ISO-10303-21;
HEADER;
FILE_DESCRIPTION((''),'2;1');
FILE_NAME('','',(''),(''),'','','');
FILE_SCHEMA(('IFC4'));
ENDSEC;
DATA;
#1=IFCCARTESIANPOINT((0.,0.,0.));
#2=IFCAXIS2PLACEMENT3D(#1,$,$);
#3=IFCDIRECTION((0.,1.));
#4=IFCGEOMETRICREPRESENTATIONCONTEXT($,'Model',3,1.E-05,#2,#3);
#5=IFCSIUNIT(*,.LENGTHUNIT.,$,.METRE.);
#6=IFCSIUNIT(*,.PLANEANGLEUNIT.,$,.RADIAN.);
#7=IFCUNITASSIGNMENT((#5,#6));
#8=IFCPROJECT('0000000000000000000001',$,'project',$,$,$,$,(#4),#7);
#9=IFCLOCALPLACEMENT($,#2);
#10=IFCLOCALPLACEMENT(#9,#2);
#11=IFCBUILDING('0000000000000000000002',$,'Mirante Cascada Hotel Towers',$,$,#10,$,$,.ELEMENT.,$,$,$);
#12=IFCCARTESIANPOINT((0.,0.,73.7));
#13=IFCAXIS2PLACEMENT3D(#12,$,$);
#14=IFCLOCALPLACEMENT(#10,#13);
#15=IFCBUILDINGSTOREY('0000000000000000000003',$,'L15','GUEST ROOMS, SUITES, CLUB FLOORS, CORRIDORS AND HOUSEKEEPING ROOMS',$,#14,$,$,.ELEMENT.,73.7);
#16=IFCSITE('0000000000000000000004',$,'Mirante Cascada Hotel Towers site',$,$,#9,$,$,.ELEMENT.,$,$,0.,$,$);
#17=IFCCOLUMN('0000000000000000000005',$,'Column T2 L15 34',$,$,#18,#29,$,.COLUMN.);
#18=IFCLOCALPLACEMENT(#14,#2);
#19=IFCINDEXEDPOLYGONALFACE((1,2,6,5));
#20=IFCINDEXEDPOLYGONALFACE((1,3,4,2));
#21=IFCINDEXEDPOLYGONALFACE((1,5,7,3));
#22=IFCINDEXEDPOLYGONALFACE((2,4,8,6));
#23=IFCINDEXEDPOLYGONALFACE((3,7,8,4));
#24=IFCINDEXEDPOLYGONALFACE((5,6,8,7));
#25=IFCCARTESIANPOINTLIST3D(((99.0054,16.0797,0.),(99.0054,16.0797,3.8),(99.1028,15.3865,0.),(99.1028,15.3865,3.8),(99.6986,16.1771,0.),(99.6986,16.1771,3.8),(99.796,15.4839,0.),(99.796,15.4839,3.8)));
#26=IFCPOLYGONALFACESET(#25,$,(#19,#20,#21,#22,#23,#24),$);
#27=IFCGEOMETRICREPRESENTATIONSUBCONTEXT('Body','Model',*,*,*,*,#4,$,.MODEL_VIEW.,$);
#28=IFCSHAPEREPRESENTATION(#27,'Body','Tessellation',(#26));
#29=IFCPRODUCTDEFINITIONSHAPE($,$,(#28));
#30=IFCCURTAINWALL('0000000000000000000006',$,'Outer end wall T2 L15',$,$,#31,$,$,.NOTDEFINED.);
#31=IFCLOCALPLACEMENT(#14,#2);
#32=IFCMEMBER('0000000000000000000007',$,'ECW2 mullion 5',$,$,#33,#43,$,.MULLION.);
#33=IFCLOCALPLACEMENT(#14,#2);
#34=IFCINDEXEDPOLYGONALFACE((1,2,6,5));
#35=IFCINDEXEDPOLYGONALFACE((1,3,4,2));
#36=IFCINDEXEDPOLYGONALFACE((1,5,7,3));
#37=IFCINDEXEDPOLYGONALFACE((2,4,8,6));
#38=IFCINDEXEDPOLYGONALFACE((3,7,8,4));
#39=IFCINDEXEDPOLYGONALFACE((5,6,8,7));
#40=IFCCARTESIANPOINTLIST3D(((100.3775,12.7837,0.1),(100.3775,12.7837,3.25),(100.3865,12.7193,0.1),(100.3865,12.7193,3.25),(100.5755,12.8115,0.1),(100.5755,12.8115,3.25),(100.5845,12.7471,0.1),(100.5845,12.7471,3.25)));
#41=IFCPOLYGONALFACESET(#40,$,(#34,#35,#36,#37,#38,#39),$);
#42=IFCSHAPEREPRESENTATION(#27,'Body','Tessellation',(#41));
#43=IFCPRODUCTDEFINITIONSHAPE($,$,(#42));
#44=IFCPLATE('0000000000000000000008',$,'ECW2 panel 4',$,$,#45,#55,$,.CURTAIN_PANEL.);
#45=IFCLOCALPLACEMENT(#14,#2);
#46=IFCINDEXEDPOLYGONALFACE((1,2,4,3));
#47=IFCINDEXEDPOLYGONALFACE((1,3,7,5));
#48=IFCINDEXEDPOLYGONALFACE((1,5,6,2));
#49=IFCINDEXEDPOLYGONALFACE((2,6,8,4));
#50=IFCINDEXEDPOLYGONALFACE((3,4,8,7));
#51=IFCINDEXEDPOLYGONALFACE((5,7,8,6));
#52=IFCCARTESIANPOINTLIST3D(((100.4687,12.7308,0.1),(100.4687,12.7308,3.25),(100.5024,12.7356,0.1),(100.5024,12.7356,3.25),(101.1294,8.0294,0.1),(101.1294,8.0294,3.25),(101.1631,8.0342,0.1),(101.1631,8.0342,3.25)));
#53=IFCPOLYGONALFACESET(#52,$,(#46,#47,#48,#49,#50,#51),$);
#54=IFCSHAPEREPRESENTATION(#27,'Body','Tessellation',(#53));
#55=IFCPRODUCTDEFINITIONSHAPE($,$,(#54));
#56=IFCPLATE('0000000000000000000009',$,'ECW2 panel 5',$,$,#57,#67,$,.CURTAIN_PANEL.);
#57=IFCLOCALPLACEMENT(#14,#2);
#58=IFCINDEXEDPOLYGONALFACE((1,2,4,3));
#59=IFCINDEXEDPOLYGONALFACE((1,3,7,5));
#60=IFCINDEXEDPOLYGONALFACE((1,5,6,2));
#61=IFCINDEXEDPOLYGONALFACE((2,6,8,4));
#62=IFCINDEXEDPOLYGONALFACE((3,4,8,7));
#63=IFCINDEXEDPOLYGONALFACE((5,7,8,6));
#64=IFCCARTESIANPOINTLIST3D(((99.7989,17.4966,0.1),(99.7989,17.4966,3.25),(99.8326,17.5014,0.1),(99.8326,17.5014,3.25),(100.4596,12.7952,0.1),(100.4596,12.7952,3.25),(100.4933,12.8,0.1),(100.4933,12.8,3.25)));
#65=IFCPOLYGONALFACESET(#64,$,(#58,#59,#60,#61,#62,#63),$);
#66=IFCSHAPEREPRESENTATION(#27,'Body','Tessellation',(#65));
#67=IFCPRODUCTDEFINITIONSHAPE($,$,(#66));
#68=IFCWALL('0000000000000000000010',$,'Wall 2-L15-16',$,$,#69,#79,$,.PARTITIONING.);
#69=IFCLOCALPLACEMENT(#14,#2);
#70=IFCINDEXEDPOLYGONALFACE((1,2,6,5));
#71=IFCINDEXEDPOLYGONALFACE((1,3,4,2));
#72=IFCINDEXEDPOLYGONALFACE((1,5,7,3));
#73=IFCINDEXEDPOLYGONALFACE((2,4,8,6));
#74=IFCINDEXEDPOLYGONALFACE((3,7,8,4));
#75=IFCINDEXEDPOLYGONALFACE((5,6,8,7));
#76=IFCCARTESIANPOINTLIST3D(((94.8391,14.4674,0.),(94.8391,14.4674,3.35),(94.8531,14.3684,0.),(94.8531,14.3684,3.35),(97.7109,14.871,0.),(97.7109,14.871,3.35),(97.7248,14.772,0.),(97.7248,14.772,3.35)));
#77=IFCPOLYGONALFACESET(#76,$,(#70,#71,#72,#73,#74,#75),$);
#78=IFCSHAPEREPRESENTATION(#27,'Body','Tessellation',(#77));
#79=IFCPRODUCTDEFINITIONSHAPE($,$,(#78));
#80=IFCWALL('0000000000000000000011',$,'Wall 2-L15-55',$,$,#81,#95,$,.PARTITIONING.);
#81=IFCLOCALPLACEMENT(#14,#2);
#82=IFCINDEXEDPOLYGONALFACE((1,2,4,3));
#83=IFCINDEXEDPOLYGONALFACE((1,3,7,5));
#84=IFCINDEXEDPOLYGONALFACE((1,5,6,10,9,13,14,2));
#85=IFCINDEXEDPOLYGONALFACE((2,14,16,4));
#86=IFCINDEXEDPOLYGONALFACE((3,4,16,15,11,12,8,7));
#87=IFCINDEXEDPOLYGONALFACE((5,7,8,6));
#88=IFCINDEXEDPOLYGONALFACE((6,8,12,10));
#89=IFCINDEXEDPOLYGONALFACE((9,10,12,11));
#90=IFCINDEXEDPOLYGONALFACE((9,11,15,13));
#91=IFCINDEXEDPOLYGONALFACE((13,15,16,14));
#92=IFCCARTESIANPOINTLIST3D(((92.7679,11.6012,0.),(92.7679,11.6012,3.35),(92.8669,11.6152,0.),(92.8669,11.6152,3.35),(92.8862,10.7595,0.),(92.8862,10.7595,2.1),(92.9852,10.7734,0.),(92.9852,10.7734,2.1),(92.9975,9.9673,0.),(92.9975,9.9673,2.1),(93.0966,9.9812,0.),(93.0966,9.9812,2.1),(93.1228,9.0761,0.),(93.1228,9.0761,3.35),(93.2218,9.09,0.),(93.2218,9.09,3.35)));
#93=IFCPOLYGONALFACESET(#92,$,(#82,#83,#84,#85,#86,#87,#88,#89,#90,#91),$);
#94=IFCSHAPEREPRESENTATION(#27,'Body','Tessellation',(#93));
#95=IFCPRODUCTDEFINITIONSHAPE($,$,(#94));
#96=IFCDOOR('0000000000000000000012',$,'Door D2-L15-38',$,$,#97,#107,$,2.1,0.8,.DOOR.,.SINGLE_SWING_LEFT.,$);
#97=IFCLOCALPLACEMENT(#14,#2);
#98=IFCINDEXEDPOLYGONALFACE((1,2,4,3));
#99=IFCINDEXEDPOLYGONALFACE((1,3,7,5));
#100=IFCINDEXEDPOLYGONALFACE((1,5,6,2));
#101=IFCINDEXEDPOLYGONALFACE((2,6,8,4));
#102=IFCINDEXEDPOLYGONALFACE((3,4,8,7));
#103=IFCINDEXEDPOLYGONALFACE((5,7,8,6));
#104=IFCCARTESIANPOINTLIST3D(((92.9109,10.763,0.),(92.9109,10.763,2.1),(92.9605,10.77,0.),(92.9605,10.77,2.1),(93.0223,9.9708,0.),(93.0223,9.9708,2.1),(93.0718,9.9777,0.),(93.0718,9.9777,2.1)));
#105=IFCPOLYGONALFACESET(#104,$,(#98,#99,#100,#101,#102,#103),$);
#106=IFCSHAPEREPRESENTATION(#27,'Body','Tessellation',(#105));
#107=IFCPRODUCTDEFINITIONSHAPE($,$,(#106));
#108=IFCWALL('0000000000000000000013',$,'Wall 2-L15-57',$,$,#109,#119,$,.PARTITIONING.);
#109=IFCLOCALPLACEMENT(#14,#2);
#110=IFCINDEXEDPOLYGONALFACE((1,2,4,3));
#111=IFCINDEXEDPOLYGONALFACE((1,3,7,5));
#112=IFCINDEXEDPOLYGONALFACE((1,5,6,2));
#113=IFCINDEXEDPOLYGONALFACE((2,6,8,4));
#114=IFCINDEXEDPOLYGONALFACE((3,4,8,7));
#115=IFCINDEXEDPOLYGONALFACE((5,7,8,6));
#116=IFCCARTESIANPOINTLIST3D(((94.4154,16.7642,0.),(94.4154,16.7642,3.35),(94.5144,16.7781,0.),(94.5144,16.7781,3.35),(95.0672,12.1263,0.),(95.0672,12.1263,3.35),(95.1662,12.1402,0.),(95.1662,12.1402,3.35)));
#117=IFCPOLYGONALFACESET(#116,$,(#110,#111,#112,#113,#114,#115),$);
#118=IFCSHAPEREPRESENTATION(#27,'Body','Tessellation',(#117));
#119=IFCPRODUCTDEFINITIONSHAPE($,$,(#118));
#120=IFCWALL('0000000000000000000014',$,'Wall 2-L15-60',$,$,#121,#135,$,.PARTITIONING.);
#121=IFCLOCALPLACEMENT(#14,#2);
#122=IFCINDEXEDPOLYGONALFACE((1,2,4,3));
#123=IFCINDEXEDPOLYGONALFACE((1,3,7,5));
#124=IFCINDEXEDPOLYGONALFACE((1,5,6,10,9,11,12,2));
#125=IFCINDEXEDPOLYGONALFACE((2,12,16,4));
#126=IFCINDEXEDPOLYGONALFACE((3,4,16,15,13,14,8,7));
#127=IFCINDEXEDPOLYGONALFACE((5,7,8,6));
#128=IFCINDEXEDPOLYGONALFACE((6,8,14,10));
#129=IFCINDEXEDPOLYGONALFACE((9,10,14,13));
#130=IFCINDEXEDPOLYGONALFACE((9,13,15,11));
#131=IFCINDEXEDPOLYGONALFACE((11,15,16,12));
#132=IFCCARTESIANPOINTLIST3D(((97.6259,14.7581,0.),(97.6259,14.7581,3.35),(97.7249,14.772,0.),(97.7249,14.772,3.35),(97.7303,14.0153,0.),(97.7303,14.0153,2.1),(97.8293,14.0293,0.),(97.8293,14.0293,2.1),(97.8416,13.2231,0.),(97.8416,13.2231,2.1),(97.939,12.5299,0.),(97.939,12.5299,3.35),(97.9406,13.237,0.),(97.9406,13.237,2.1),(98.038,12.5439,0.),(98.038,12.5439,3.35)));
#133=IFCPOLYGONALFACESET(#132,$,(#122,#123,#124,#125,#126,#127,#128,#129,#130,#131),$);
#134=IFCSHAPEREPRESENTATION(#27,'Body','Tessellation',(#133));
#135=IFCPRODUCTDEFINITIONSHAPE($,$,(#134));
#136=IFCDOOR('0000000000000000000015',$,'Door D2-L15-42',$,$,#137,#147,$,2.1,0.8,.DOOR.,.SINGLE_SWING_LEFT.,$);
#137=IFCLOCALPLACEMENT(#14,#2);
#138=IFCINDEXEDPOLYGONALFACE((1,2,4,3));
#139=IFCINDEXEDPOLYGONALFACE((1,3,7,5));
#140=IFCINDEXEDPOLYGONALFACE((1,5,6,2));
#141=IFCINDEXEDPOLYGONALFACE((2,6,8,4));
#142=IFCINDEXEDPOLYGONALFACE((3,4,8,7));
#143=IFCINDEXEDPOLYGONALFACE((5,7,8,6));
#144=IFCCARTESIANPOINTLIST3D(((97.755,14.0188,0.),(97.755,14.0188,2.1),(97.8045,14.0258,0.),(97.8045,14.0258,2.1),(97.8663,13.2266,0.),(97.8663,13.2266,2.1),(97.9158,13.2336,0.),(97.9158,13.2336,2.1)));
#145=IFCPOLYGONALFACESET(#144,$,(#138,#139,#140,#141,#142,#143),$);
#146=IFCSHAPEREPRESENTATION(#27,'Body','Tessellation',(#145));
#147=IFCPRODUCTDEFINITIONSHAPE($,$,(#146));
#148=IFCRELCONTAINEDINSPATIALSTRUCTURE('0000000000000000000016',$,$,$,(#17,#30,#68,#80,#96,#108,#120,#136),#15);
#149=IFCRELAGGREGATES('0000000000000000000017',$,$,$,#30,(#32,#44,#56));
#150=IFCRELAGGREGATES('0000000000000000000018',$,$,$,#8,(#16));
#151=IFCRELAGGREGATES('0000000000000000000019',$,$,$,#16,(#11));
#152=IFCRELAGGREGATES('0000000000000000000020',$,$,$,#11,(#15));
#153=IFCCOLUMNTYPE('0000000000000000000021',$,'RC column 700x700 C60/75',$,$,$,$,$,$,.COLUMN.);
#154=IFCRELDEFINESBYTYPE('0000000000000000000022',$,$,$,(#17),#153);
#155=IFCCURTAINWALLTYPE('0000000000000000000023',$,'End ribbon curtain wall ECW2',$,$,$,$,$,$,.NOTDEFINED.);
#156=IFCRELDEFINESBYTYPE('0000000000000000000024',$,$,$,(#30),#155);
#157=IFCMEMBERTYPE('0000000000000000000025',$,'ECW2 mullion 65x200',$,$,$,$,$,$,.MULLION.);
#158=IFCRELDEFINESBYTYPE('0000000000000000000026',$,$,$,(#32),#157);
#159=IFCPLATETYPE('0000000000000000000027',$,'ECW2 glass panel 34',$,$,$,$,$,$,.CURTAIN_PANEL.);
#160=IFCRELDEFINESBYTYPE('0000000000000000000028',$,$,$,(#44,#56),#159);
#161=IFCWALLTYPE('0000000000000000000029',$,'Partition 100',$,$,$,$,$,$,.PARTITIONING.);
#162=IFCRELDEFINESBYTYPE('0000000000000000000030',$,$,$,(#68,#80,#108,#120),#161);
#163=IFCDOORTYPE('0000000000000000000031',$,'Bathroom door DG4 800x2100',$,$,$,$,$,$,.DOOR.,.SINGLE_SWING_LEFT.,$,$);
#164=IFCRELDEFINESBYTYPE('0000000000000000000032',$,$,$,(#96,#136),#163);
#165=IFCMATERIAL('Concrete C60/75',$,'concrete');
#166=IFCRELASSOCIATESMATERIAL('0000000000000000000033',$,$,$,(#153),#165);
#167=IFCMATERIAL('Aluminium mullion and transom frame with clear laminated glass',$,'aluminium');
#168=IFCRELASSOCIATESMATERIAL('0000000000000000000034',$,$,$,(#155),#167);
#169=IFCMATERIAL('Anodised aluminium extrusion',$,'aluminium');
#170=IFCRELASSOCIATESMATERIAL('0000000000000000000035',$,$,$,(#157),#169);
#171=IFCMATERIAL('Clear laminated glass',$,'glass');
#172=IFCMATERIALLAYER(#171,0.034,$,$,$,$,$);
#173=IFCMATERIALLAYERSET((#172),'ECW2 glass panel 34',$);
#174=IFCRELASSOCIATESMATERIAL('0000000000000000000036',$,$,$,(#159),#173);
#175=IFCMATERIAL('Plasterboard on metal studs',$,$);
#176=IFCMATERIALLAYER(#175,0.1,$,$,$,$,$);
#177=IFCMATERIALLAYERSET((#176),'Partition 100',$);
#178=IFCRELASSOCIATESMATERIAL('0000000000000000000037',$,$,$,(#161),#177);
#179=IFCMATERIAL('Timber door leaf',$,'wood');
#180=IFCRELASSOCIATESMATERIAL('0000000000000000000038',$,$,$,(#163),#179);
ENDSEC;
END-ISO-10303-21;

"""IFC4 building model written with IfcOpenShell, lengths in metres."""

from ifc_helpers import new_model, si_unit, direction, frame, frame_2d, origin, origin_2d, place, context, subcontext, project, spatial, rectangle, extrude, material, layer, layer_set, material_profile, profile_set, type_object, element, fill, aggregate, save


model = new_model("IFC4")

# Units and contexts
model_context = context("Model", 3, precision=1e-05, world=origin(), true_north=direction((0.0, 1.0)))
body_context = subcontext(model_context, "Body", "Model", "MODEL_VIEW")
ifc_project = project(units=[si_unit("LENGTHUNIT", "METRE"), si_unit("PLANEANGLEUNIT", "RADIAN")], contexts=[model_context])

# Site, building, storey
site_placement = place(None, origin())
site = spatial("IfcSite", under=ifc_project, at=site_placement, Name="Mirante Cascada Hotel Towers site", CompositionType="ELEMENT", RefElevation=0.0)
building_placement = place(site_placement, origin())
building = spatial("IfcBuilding", under=site, at=building_placement, Name="Mirante Cascada Hotel Towers", CompositionType="ELEMENT")
storey_placement = place(building_placement, frame((0.0, 0.0, 73.7)))
storey = spatial("IfcBuildingStorey", under=building, at=storey_placement, Name="L15", Description="GUEST ROOMS, SUITES, CLUB FLOORS, CORRIDORS AND HOUSEKEEPING ROOMS", CompositionType="ELEMENT", Elevation=73.7)

# Column
ifc_material_1 = material(Name="Concrete C60/75", Category="concrete")
ifc_material_profile_1 = material_profile(ifc_material_1, rectangle(XDim=0.7, YDim=0.7, at=origin_2d()), Name="RC column 700x700 C60/75")
ifc_profile_set_1 = profile_set([ifc_material_profile_1], Name="Concrete C60/75")
column_type = type_object("IfcColumnType", Name="RC column 700x700 C60/75", PredefinedType="COLUMN", material=ifc_profile_set_1)
column_placement = place(storey_placement, frame((99.4007, 15.7818, 0.0), z_axis=(0.0, 0.0, 1.0), x_axis=(0.990268, 0.139173, 0.0)))
element("IfcColumn", 1, at=column_placement, inside=storey, type_object=column_type, Name="Column T2 L15 34", PredefinedType="COLUMN", context=body_context, shape_type="SweptSolid", body=[
    extrude(rectangle(XDim=0.7, YDim=0.7, at=origin_2d()), origin(), (0.0, 0.0, 1.0), 3.8),
])

# Curtain wall, member, plates
ifc_material_2 = material(Name="Aluminium mullion and transom frame with clear laminated glass", Category="aluminium")
curtain_wall_type = type_object("IfcCurtainWallType", Name="End ribbon curtain wall ECW2", PredefinedType="NOTDEFINED", material=ifc_material_2)
curtain_wall_placement = place(storey_placement, origin())
curtain_wall = element("IfcCurtainWall", 2, at=curtain_wall_placement, inside=storey, type_object=curtain_wall_type, Name="Outer end wall T2 L15", PredefinedType="NOTDEFINED")
ifc_material_3 = material(Name="Anodised aluminium extrusion", Category="aluminium")
ifc_material_profile_2 = material_profile(ifc_material_3, rectangle(XDim=0.2, YDim=0.065, at=origin_2d()), Name="ECW2 MULLION 65x200")
ifc_profile_set_2 = profile_set([ifc_material_profile_2], Name="Anodised aluminium extrusion")
member_type = type_object("IfcMemberType", Name="ECW2 mullion 65x200", PredefinedType="MULLION", material=ifc_profile_set_2)
member_placement = place(storey_placement, frame((100.481, 12.7654, 0.1), z_axis=(0.0, 0.0, 1.0), x_axis=(-0.990268, -0.139173, 0.0)))
member = element("IfcMember", 3, at=member_placement, type_object=member_type, Name="ECW2 mullion 5", PredefinedType="MULLION", context=body_context, shape_type="SweptSolid", body=[
    extrude(rectangle(XDim=0.2, YDim=0.065, at=origin_2d()), origin(), (0.0, 0.0, 1.0), 3.15),
])
ifc_material_4 = material(Name="Clear laminated glass", Category="glass")
ifc_layer_1 = layer(ifc_material_4, 0.034)
ifc_layer_set_1 = layer_set([ifc_layer_1], Name="ECW2 glass panel 34")
plate_type = type_object("IfcPlateType", Name="ECW2 glass panel 34", PredefinedType="CURTAIN_PANEL", material=ifc_layer_set_1)
plate_1_placement = place(storey_placement, frame((100.8159, 10.3825, 0.1), z_axis=(0.0, 0.0, 1.0), x_axis=(-0.139173, 0.990268, 0.0)))
plate_1 = element("IfcPlate", 4, at=plate_1_placement, type_object=plate_type, Name="ECW2 panel 4", PredefinedType="CURTAIN_PANEL", context=body_context, shape_type="SweptSolid", body=[
    extrude(rectangle(XDim=4.7476, YDim=0.034, at=origin_2d()), origin(), (0.0, 0.0, 1.0), 3.15),
])
plate_2_placement = place(storey_placement, frame((100.1461, 15.1483, 0.1), z_axis=(0.0, 0.0, 1.0), x_axis=(-0.139173, 0.990268, 0.0)))
plate_2 = element("IfcPlate", 5, at=plate_2_placement, type_object=plate_type, Name="ECW2 panel 5", PredefinedType="CURTAIN_PANEL", context=body_context, shape_type="SweptSolid", body=[
    extrude(rectangle(XDim=4.7476, YDim=0.034, at=origin_2d()), origin(), (0.0, 0.0, 1.0), 3.15),
])
aggregate(curtain_wall, [member, plate_1, plate_2])

# Wall
ifc_material_5 = material(Name="Plasterboard on metal studs")
ifc_layer_2 = layer(ifc_material_5, 0.1)
ifc_layer_set_2 = layer_set([ifc_layer_2], Name="Partition 100")
wall_type = type_object("IfcWallType", Name="Partition 100", PredefinedType="PARTITIONING", material=ifc_layer_set_2)
wall_1_placement = place(storey_placement, frame((94.8461, 14.4179, 0.0), z_axis=(0.0, 0.0, 1.0), x_axis=(0.990268, 0.139171, 0.0)))
element("IfcWall", 6, at=wall_1_placement, inside=storey, type_object=wall_type, Name="Wall 2-L15-16", PredefinedType="PARTITIONING", context=body_context, shape_type="SweptSolid", body=[
    extrude(rectangle(XDim=2.9, YDim=0.1, at=frame_2d((1.45, 0.0))), origin(), (0.0, 0.0, 1.0), 3.35),
])

# Wall, opening, door
wall_2_placement = place(storey_placement, frame((92.8174, 11.6082, 0.0), z_axis=(0.0, 0.0, 1.0), x_axis=(0.139176, -0.990268, 0.0)))
wall_2 = element("IfcWall", 7, at=wall_2_placement, inside=storey, type_object=wall_type, Name="Wall 2-L15-55", PredefinedType="PARTITIONING", context=body_context, shape_type="SweptSolid", body=[
    extrude(rectangle(XDim=2.55, YDim=0.1, at=frame_2d((1.275, 0.0))), origin(), (0.0, 0.0, 1.0), 3.35),
])
opening_1_placement = place(wall_2_placement, frame((0.85, 0.0, 0.0)))
opening_1 = element("IfcOpeningElement", 8, at=opening_1_placement, cuts=wall_2, PredefinedType="OPENING", context=body_context, shape_type="SweptSolid", body=[
    extrude(rectangle(XDim=0.8, YDim=2.1, at=frame_2d((0.4, 1.05))), frame((0.0, 0.05, 0.0), z_axis=(0.0, -1.0, 0.0), x_axis=(1.0, 0.0, 0.0)), (0.0, 0.0, 1.0), 0.1),
])
ifc_material_6 = material(Name="Timber door leaf", Category="wood")
door_type = type_object("IfcDoorType", Name="Bathroom door DG4 800x2100", OperationType="SINGLE_SWING_LEFT", PredefinedType="DOOR", material=ifc_material_6)
door_1_placement = place(opening_1_placement, origin())
door_1 = element("IfcDoor", 9, at=door_1_placement, inside=storey, type_object=door_type, Name="Door D2-L15-38", OperationType="SINGLE_SWING_LEFT", OverallHeight=2.1, OverallWidth=0.8, PredefinedType="DOOR", context=body_context, shape_type="SweptSolid", body=[
    extrude(rectangle(XDim=0.8, YDim=2.1, at=frame_2d((0.4, 1.05))), frame((0.0, 0.025, 0.0), z_axis=(0.0, -1.0, 0.0), x_axis=(1.0, 0.0, 0.0)), (0.0, 0.0, 1.0), 0.05),
])
fill(opening_1, door_1)

# Wall
wall_3_placement = place(storey_placement, frame((94.4649, 16.7712, 0.0), z_axis=(0.0, 0.0, 1.0), x_axis=(0.13917, -0.990268, 0.0)))
element("IfcWall", 10, at=wall_3_placement, inside=storey, type_object=wall_type, Name="Wall 2-L15-57", PredefinedType="PARTITIONING", context=body_context, shape_type="SweptSolid", body=[
    extrude(rectangle(XDim=4.6835, YDim=0.1, at=frame_2d((2.3418, 0.0))), origin(), (0.0, 0.0, 1.0), 3.35),
])

# Wall, opening, door
wall_4_placement = place(storey_placement, frame((97.9885, 12.5369, 0.0), z_axis=(0.0, 0.0, 1.0), x_axis=(-0.139156, 0.990271, 0.0)))
wall_4 = element("IfcWall", 11, at=wall_4_placement, inside=storey, type_object=wall_type, Name="Wall 2-L15-60", PredefinedType="PARTITIONING", context=body_context, shape_type="SweptSolid", body=[
    extrude(rectangle(XDim=2.25, YDim=0.1, at=frame_2d((1.125, 0.0))), origin(), (0.0, 0.0, 1.0), 3.35),
])
opening_2_placement = place(wall_4_placement, frame((0.7, 0.0, 0.0)))
opening_2 = element("IfcOpeningElement", 12, at=opening_2_placement, cuts=wall_4, PredefinedType="OPENING", context=body_context, shape_type="SweptSolid", body=[
    extrude(rectangle(XDim=0.8, YDim=2.1, at=frame_2d((0.4, 1.05))), frame((0.0, 0.05, 0.0), z_axis=(0.0, -1.0, 0.0), x_axis=(1.0, 0.0, 0.0)), (0.0, 0.0, 1.0), 0.1),
])
door_2_placement = place(opening_2_placement, origin())
door_2 = element("IfcDoor", 13, at=door_2_placement, inside=storey, type_object=door_type, Name="Door D2-L15-42", OperationType="SINGLE_SWING_LEFT", OverallHeight=2.1, OverallWidth=0.8, PredefinedType="DOOR", context=body_context, shape_type="SweptSolid", body=[
    extrude(rectangle(XDim=0.8, YDim=2.1, at=frame_2d((0.4, 1.05))), frame((0.0, 0.025, 0.0), z_axis=(0.0, -1.0, 0.0), x_axis=(1.0, 0.0, 0.0)), (0.0, 0.0, 1.0), 0.05),
])
fill(opening_2, door_2)

save(model, "model.ifc")
